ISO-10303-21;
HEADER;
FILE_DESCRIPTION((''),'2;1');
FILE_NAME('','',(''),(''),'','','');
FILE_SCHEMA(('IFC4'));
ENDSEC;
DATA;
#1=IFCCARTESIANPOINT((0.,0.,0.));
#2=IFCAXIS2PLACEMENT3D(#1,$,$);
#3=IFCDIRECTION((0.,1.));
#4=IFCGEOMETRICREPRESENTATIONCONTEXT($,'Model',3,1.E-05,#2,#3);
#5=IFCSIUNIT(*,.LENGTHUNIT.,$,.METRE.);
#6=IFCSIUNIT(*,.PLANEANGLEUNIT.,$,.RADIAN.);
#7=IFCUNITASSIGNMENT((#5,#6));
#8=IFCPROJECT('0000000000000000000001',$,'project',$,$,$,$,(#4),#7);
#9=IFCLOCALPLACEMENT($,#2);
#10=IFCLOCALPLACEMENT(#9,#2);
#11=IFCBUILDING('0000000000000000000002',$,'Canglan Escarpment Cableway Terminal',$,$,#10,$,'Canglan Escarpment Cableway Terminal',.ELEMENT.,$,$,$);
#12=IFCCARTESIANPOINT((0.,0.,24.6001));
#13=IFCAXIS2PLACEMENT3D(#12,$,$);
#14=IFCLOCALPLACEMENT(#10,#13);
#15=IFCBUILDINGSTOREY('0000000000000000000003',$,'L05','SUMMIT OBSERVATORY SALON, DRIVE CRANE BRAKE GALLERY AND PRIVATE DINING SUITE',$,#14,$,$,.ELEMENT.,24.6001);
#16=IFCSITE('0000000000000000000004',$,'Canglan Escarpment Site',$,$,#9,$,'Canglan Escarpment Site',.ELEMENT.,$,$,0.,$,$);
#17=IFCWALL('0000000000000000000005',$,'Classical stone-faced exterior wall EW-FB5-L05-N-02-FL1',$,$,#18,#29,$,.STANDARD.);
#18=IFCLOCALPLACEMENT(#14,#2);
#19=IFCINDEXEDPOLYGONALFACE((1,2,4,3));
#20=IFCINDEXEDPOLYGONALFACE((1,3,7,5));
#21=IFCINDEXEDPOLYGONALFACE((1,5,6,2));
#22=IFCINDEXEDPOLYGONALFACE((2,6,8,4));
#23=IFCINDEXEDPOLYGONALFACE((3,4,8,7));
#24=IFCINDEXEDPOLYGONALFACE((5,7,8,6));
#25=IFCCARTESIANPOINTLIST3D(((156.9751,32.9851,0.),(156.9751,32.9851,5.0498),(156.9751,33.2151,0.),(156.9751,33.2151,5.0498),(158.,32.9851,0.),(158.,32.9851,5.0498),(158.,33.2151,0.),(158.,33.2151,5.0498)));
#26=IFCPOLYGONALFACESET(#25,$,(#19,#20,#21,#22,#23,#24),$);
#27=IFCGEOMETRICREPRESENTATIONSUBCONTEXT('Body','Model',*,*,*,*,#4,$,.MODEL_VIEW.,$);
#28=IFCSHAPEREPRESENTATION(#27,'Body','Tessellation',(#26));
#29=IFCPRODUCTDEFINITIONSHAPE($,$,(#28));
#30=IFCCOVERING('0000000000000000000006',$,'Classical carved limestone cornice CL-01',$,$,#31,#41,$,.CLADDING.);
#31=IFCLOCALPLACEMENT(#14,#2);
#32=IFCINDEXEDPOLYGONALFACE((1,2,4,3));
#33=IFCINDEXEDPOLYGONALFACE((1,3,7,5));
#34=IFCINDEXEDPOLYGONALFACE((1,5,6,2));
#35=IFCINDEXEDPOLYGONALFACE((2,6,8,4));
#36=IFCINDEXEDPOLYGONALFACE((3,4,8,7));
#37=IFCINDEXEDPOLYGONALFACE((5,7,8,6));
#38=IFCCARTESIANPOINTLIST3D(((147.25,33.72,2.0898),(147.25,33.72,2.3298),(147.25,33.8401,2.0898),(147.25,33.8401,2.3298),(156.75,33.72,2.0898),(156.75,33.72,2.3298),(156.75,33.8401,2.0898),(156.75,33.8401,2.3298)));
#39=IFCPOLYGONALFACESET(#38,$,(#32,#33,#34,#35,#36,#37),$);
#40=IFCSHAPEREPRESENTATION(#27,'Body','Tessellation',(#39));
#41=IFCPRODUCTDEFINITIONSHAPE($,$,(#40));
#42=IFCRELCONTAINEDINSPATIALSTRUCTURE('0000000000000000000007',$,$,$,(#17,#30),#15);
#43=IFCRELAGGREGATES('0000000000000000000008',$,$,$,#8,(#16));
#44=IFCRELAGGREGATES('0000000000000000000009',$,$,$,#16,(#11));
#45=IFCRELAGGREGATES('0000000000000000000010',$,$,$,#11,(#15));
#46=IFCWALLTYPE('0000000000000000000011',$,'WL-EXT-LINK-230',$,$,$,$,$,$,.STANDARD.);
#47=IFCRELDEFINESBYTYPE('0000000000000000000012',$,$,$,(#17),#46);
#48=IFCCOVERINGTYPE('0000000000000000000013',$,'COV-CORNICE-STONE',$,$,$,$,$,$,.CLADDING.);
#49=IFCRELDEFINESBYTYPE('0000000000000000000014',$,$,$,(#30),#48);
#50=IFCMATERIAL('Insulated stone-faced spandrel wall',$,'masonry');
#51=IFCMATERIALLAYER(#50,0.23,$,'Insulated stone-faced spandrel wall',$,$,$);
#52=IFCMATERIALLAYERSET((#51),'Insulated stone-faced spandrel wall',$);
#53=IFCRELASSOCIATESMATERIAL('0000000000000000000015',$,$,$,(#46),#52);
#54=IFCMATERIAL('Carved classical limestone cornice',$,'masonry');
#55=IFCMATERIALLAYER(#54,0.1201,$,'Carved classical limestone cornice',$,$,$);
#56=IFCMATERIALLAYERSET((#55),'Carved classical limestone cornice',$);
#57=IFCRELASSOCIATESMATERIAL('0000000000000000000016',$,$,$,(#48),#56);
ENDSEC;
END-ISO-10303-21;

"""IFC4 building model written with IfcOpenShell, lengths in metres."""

from ifc_helpers import new_model, si_unit, direction, frame, frame_2d, origin, origin_2d, place, context, subcontext, project, spatial, rectangle, extrude, material, layer, layer_set, type_object, element, save


model = new_model("IFC4")

# Units and contexts
model_context = context("Model", 3, precision=1e-05, world=origin(), true_north=direction((0.0, 1.0)))
body_context = subcontext(model_context, "Body", "Model", "MODEL_VIEW")
ifc_project = project(units=[si_unit("LENGTHUNIT", "METRE"), si_unit("PLANEANGLEUNIT", "RADIAN")], contexts=[model_context])

# Site, building, storey
site_placement = place(None, origin())
site = spatial("IfcSite", under=ifc_project, at=site_placement, Name="Canglan Escarpment Site", LongName="Canglan Escarpment Site", CompositionType="ELEMENT", RefElevation=0.0)
building_placement = place(site_placement, origin())
building = spatial("IfcBuilding", under=site, at=building_placement, Name="Canglan Escarpment Cableway Terminal", LongName="Canglan Escarpment Cableway Terminal", CompositionType="ELEMENT")
storey_placement = place(building_placement, frame((0.0, 0.0, 24.6001)))
storey = spatial("IfcBuildingStorey", under=building, at=storey_placement, Name="L05", Description="SUMMIT OBSERVATORY SALON, DRIVE CRANE BRAKE GALLERY AND PRIVATE DINING SUITE", CompositionType="ELEMENT", Elevation=24.6001)

# Wall
ifc_material_1 = material(Name="Insulated stone-faced spandrel wall", Category="masonry")
ifc_layer_1 = layer(ifc_material_1, 0.23, Name="Insulated stone-faced spandrel wall")
ifc_layer_set_1 = layer_set([ifc_layer_1], Name="Insulated stone-faced spandrel wall")
wall_type = type_object("IfcWallType", Name="WL-EXT-LINK-230", PredefinedType="STANDARD", material=ifc_layer_set_1)
wall_placement = place(storey_placement, frame((156.9751, 33.1001, 0.0), z_axis=(0.0, 0.0, 1.0), x_axis=(1.0, 0.0, 0.0)))
element("IfcWall", 1, at=wall_placement, inside=storey, type_object=wall_type, Name="Classical stone-faced exterior wall EW-FB5-L05-N-02-FL1", PredefinedType="STANDARD", context=body_context, shape_type="SweptSolid", body=[
    extrude(rectangle(XDim=1.0249, YDim=0.23, at=frame_2d((0.5125, 0.0))), origin(), (0.0, 0.0, 1.0), 5.0498),
])

# Covering
ifc_material_2 = material(Name="Carved classical limestone cornice", Category="masonry")
ifc_layer_2 = layer(ifc_material_2, 0.1201, Name="Carved classical limestone cornice")
ifc_layer_set_2 = layer_set([ifc_layer_2], Name="Carved classical limestone cornice")
covering_type = type_object("IfcCoveringType", Name="COV-CORNICE-STONE", PredefinedType="CLADDING", material=ifc_layer_set_2)
covering_placement = place(storey_placement, frame((152.0, 33.78, 2.0898), z_axis=(0.0, 0.0, 1.0), x_axis=(1.0, 0.0, 0.0)))
element("IfcCovering", 2, at=covering_placement, inside=storey, type_object=covering_type, Name="Classical carved limestone cornice CL-01", PredefinedType="CLADDING", context=body_context, shape_type="SweptSolid", body=[
    extrude(rectangle(XDim=9.5, YDim=0.1201, at=origin_2d()), origin(), (0.0, 0.0, 1.0), 0.24),
])

save(model, "model.ifc")
